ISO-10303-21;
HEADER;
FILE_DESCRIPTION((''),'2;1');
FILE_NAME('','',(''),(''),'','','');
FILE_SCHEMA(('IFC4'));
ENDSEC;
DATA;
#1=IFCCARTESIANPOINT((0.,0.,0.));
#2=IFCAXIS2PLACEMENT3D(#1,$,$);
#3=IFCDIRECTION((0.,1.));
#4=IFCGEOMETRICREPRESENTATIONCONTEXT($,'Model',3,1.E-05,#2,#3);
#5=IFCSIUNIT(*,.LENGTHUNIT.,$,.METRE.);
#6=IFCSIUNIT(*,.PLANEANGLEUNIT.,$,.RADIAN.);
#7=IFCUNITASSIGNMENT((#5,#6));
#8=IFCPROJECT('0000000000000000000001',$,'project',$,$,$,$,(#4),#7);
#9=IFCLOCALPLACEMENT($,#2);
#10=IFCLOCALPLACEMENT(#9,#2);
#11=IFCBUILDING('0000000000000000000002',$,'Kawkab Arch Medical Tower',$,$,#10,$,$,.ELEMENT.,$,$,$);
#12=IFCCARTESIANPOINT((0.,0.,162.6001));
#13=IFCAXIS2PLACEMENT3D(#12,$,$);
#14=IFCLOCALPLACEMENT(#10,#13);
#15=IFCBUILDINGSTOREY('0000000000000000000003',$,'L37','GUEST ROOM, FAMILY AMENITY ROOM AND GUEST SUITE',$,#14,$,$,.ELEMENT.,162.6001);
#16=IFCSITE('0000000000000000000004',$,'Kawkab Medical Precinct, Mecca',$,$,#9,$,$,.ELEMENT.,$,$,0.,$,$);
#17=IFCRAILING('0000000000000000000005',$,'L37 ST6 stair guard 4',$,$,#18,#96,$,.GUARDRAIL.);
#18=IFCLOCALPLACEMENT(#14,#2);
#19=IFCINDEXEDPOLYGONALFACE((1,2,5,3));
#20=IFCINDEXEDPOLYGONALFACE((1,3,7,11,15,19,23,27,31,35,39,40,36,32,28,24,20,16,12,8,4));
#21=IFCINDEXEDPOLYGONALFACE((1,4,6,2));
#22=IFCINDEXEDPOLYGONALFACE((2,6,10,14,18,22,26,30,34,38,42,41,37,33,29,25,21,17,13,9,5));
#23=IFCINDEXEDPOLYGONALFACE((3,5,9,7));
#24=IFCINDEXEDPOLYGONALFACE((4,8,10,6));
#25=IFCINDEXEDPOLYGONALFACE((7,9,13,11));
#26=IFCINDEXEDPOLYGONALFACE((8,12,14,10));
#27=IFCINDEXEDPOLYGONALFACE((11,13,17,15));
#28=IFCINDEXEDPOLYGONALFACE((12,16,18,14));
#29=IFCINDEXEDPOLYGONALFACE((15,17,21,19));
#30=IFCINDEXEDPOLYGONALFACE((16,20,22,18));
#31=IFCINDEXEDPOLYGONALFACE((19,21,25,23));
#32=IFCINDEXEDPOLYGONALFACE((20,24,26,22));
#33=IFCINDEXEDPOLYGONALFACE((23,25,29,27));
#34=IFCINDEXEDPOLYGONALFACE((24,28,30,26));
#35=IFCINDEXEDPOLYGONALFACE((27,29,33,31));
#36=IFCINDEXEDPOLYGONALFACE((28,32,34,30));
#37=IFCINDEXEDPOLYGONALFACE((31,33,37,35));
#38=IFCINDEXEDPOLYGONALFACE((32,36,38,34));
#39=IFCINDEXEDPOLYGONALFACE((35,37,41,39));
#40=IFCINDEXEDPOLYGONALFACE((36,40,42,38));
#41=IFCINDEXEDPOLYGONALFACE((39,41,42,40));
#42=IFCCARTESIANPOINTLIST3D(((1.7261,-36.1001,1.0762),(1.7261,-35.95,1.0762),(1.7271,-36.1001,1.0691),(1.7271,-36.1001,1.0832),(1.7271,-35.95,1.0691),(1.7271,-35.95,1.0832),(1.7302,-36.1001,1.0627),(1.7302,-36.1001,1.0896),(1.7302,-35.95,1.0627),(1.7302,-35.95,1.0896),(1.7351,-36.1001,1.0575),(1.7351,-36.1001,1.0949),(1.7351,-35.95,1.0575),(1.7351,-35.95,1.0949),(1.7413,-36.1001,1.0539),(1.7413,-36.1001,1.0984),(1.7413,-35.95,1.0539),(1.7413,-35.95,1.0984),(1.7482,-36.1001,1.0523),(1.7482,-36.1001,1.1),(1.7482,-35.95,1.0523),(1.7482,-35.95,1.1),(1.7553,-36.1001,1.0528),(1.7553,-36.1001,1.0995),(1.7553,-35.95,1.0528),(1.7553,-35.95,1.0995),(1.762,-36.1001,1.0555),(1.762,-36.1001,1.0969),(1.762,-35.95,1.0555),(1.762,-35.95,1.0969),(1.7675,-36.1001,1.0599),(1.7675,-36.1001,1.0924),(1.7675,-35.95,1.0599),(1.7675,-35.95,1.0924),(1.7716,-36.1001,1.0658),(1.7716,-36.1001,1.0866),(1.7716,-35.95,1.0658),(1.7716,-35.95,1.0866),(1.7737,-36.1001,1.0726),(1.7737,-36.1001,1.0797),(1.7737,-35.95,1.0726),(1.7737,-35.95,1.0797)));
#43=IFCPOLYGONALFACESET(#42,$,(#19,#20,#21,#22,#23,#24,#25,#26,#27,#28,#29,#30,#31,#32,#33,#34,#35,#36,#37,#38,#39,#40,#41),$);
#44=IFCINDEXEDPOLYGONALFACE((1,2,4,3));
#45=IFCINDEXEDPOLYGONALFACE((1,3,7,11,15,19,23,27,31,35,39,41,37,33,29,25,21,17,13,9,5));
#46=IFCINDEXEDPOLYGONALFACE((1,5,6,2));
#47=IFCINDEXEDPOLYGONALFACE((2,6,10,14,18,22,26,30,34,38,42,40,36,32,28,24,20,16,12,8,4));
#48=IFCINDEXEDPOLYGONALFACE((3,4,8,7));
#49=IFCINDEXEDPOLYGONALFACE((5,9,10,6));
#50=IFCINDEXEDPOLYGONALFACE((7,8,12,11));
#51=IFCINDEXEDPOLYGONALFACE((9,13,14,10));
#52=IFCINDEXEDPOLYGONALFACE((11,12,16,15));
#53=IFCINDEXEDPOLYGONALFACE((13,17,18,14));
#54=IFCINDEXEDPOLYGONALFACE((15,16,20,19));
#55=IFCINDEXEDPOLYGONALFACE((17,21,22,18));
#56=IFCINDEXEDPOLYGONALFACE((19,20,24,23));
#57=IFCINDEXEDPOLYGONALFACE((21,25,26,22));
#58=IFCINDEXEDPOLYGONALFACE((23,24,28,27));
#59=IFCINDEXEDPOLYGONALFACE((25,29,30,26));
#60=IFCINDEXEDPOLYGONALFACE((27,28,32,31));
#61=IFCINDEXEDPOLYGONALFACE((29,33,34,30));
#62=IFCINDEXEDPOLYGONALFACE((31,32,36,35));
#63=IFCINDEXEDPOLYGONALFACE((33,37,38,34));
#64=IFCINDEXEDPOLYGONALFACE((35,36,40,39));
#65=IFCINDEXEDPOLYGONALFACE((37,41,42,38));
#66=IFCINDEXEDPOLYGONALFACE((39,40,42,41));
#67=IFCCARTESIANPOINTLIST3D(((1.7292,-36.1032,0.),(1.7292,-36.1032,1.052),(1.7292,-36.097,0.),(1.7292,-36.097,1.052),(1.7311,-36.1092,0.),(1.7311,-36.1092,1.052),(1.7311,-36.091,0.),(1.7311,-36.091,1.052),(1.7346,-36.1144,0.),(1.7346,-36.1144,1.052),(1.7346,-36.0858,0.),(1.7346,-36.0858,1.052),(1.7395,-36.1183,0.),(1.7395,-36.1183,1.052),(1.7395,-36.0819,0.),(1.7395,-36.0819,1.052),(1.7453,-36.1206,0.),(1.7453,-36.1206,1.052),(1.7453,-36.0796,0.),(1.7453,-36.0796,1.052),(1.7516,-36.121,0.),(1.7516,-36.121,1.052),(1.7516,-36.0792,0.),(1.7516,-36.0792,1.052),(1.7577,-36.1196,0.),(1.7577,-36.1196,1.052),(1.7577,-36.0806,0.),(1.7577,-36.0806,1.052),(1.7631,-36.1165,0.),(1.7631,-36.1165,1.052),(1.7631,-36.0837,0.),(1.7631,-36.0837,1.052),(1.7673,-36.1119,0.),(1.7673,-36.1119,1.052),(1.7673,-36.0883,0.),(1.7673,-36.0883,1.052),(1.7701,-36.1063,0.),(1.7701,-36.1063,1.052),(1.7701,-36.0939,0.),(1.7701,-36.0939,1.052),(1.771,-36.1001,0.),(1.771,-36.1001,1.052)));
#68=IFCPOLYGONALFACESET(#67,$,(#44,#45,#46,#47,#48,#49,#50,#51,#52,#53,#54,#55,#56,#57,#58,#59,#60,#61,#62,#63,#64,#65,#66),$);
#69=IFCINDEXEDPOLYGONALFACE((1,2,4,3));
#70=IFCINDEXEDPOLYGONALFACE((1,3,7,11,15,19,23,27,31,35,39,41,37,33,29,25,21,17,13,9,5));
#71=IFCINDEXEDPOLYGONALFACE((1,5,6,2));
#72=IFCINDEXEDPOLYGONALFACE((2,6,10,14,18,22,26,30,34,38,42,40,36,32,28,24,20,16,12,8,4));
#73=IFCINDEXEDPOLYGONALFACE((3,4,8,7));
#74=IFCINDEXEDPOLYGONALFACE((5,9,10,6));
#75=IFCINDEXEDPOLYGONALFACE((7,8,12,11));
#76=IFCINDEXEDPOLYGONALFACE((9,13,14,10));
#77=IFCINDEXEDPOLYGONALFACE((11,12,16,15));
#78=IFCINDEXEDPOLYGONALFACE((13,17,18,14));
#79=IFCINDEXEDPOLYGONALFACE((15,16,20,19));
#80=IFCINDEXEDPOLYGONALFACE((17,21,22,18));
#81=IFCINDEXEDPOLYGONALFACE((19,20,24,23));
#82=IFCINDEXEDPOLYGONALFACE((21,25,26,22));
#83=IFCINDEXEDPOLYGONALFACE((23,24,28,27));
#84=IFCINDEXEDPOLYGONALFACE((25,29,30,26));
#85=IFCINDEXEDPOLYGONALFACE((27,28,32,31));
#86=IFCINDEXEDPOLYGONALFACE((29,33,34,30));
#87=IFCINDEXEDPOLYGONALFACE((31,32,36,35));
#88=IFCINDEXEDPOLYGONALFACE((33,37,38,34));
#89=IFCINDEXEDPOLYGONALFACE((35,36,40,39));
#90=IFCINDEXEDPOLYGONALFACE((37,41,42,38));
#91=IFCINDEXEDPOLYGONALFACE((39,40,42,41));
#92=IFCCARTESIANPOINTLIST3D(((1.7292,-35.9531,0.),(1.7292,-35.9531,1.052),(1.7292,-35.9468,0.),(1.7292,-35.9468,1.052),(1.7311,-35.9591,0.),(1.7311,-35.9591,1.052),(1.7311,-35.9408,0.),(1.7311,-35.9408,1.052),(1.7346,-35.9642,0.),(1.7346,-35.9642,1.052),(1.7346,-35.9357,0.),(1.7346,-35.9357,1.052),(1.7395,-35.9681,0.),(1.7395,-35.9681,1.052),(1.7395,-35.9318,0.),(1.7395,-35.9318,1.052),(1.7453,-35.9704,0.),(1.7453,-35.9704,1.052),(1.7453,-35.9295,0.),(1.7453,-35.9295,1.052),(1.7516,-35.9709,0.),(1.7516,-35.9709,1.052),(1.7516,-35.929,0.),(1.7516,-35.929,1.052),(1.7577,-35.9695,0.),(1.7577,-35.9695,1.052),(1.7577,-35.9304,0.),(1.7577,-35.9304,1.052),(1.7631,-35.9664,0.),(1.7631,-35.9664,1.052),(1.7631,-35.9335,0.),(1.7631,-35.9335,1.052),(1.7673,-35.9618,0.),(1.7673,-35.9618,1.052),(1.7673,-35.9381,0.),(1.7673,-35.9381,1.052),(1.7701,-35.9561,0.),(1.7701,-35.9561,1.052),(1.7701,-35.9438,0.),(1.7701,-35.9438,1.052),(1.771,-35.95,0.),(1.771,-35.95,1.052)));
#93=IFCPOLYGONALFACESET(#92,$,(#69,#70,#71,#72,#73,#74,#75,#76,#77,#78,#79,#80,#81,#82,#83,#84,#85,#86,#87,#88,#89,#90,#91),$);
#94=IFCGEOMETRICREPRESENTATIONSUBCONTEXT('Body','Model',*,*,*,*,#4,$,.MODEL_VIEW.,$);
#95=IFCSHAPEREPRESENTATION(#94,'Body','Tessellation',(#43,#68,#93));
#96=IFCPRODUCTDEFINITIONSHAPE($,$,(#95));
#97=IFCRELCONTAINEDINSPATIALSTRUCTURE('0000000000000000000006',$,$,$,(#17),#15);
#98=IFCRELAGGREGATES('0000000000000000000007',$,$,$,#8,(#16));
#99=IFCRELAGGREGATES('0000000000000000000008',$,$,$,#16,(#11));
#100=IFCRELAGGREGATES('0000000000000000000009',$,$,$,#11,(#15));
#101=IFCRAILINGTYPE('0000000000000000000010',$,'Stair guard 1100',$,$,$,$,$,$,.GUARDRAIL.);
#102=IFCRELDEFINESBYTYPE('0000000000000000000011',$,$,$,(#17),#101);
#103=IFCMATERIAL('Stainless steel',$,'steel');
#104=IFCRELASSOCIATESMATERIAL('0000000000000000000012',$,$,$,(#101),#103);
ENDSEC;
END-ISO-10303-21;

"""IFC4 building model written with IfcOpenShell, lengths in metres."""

from ifc_helpers import new_model, si_unit, direction, frame, origin, origin_2d, place, context, subcontext, project, spatial, circle, extrude, material, type_object, element, save


model = new_model("IFC4")

# Units and contexts
model_context = context("Model", 3, precision=1e-05, world=origin(), true_north=direction((0.0, 1.0)))
body_context = subcontext(model_context, "Body", "Model", "MODEL_VIEW")
ifc_project = project(units=[si_unit("LENGTHUNIT", "METRE"), si_unit("PLANEANGLEUNIT", "RADIAN")], contexts=[model_context])

# Site, building, storey
site_placement = place(None, origin())
site = spatial("IfcSite", under=ifc_project, at=site_placement, Name="Kawkab Medical Precinct, Mecca", CompositionType="ELEMENT", RefElevation=0.0)
building_placement = place(site_placement, origin())
building = spatial("IfcBuilding", under=site, at=building_placement, Name="Kawkab Arch Medical Tower", CompositionType="ELEMENT")
storey_placement = place(building_placement, frame((0.0, 0.0, 162.6001)))
storey = spatial("IfcBuildingStorey", under=building, at=storey_placement, Name="L37", Description="GUEST ROOM, FAMILY AMENITY ROOM AND GUEST SUITE", CompositionType="ELEMENT", Elevation=162.6001)

# Railing
ifc_material_1 = material(Name="Stainless steel", Category="steel")
railing_type = type_object("IfcRailingType", Name="Stair guard 1100", PredefinedType="GUARDRAIL", material=ifc_material_1)
railing_1_placement = place(storey_placement, frame((1.75, -36.1001, 0.0)))
element("IfcRailing", 1, at=railing_1_placement, inside=storey, type_object=railing_type, Name="L37 ST6 stair guard 4", PredefinedType="GUARDRAIL", context=body_context, shape_type="SweptSolid", body=[
    extrude(circle(Radius=0.0239, at=origin_2d()), frame((0.0, 0.0, 1.0762), z_axis=(0.0, 1.0, 0.0), x_axis=(-1.0, 0.0, 0.0)), (0.0, 0.0, 1.0), 0.1501),
    extrude(circle(Radius=0.021, at=origin_2d()), origin(), (0.0, 0.0, 1.0), 1.052),
    extrude(circle(Radius=0.021, at=origin_2d()), frame((0.0, 0.1501, 0.0)), (0.0, 0.0, 1.0), 1.052),
])

save(model, "model.ifc")
